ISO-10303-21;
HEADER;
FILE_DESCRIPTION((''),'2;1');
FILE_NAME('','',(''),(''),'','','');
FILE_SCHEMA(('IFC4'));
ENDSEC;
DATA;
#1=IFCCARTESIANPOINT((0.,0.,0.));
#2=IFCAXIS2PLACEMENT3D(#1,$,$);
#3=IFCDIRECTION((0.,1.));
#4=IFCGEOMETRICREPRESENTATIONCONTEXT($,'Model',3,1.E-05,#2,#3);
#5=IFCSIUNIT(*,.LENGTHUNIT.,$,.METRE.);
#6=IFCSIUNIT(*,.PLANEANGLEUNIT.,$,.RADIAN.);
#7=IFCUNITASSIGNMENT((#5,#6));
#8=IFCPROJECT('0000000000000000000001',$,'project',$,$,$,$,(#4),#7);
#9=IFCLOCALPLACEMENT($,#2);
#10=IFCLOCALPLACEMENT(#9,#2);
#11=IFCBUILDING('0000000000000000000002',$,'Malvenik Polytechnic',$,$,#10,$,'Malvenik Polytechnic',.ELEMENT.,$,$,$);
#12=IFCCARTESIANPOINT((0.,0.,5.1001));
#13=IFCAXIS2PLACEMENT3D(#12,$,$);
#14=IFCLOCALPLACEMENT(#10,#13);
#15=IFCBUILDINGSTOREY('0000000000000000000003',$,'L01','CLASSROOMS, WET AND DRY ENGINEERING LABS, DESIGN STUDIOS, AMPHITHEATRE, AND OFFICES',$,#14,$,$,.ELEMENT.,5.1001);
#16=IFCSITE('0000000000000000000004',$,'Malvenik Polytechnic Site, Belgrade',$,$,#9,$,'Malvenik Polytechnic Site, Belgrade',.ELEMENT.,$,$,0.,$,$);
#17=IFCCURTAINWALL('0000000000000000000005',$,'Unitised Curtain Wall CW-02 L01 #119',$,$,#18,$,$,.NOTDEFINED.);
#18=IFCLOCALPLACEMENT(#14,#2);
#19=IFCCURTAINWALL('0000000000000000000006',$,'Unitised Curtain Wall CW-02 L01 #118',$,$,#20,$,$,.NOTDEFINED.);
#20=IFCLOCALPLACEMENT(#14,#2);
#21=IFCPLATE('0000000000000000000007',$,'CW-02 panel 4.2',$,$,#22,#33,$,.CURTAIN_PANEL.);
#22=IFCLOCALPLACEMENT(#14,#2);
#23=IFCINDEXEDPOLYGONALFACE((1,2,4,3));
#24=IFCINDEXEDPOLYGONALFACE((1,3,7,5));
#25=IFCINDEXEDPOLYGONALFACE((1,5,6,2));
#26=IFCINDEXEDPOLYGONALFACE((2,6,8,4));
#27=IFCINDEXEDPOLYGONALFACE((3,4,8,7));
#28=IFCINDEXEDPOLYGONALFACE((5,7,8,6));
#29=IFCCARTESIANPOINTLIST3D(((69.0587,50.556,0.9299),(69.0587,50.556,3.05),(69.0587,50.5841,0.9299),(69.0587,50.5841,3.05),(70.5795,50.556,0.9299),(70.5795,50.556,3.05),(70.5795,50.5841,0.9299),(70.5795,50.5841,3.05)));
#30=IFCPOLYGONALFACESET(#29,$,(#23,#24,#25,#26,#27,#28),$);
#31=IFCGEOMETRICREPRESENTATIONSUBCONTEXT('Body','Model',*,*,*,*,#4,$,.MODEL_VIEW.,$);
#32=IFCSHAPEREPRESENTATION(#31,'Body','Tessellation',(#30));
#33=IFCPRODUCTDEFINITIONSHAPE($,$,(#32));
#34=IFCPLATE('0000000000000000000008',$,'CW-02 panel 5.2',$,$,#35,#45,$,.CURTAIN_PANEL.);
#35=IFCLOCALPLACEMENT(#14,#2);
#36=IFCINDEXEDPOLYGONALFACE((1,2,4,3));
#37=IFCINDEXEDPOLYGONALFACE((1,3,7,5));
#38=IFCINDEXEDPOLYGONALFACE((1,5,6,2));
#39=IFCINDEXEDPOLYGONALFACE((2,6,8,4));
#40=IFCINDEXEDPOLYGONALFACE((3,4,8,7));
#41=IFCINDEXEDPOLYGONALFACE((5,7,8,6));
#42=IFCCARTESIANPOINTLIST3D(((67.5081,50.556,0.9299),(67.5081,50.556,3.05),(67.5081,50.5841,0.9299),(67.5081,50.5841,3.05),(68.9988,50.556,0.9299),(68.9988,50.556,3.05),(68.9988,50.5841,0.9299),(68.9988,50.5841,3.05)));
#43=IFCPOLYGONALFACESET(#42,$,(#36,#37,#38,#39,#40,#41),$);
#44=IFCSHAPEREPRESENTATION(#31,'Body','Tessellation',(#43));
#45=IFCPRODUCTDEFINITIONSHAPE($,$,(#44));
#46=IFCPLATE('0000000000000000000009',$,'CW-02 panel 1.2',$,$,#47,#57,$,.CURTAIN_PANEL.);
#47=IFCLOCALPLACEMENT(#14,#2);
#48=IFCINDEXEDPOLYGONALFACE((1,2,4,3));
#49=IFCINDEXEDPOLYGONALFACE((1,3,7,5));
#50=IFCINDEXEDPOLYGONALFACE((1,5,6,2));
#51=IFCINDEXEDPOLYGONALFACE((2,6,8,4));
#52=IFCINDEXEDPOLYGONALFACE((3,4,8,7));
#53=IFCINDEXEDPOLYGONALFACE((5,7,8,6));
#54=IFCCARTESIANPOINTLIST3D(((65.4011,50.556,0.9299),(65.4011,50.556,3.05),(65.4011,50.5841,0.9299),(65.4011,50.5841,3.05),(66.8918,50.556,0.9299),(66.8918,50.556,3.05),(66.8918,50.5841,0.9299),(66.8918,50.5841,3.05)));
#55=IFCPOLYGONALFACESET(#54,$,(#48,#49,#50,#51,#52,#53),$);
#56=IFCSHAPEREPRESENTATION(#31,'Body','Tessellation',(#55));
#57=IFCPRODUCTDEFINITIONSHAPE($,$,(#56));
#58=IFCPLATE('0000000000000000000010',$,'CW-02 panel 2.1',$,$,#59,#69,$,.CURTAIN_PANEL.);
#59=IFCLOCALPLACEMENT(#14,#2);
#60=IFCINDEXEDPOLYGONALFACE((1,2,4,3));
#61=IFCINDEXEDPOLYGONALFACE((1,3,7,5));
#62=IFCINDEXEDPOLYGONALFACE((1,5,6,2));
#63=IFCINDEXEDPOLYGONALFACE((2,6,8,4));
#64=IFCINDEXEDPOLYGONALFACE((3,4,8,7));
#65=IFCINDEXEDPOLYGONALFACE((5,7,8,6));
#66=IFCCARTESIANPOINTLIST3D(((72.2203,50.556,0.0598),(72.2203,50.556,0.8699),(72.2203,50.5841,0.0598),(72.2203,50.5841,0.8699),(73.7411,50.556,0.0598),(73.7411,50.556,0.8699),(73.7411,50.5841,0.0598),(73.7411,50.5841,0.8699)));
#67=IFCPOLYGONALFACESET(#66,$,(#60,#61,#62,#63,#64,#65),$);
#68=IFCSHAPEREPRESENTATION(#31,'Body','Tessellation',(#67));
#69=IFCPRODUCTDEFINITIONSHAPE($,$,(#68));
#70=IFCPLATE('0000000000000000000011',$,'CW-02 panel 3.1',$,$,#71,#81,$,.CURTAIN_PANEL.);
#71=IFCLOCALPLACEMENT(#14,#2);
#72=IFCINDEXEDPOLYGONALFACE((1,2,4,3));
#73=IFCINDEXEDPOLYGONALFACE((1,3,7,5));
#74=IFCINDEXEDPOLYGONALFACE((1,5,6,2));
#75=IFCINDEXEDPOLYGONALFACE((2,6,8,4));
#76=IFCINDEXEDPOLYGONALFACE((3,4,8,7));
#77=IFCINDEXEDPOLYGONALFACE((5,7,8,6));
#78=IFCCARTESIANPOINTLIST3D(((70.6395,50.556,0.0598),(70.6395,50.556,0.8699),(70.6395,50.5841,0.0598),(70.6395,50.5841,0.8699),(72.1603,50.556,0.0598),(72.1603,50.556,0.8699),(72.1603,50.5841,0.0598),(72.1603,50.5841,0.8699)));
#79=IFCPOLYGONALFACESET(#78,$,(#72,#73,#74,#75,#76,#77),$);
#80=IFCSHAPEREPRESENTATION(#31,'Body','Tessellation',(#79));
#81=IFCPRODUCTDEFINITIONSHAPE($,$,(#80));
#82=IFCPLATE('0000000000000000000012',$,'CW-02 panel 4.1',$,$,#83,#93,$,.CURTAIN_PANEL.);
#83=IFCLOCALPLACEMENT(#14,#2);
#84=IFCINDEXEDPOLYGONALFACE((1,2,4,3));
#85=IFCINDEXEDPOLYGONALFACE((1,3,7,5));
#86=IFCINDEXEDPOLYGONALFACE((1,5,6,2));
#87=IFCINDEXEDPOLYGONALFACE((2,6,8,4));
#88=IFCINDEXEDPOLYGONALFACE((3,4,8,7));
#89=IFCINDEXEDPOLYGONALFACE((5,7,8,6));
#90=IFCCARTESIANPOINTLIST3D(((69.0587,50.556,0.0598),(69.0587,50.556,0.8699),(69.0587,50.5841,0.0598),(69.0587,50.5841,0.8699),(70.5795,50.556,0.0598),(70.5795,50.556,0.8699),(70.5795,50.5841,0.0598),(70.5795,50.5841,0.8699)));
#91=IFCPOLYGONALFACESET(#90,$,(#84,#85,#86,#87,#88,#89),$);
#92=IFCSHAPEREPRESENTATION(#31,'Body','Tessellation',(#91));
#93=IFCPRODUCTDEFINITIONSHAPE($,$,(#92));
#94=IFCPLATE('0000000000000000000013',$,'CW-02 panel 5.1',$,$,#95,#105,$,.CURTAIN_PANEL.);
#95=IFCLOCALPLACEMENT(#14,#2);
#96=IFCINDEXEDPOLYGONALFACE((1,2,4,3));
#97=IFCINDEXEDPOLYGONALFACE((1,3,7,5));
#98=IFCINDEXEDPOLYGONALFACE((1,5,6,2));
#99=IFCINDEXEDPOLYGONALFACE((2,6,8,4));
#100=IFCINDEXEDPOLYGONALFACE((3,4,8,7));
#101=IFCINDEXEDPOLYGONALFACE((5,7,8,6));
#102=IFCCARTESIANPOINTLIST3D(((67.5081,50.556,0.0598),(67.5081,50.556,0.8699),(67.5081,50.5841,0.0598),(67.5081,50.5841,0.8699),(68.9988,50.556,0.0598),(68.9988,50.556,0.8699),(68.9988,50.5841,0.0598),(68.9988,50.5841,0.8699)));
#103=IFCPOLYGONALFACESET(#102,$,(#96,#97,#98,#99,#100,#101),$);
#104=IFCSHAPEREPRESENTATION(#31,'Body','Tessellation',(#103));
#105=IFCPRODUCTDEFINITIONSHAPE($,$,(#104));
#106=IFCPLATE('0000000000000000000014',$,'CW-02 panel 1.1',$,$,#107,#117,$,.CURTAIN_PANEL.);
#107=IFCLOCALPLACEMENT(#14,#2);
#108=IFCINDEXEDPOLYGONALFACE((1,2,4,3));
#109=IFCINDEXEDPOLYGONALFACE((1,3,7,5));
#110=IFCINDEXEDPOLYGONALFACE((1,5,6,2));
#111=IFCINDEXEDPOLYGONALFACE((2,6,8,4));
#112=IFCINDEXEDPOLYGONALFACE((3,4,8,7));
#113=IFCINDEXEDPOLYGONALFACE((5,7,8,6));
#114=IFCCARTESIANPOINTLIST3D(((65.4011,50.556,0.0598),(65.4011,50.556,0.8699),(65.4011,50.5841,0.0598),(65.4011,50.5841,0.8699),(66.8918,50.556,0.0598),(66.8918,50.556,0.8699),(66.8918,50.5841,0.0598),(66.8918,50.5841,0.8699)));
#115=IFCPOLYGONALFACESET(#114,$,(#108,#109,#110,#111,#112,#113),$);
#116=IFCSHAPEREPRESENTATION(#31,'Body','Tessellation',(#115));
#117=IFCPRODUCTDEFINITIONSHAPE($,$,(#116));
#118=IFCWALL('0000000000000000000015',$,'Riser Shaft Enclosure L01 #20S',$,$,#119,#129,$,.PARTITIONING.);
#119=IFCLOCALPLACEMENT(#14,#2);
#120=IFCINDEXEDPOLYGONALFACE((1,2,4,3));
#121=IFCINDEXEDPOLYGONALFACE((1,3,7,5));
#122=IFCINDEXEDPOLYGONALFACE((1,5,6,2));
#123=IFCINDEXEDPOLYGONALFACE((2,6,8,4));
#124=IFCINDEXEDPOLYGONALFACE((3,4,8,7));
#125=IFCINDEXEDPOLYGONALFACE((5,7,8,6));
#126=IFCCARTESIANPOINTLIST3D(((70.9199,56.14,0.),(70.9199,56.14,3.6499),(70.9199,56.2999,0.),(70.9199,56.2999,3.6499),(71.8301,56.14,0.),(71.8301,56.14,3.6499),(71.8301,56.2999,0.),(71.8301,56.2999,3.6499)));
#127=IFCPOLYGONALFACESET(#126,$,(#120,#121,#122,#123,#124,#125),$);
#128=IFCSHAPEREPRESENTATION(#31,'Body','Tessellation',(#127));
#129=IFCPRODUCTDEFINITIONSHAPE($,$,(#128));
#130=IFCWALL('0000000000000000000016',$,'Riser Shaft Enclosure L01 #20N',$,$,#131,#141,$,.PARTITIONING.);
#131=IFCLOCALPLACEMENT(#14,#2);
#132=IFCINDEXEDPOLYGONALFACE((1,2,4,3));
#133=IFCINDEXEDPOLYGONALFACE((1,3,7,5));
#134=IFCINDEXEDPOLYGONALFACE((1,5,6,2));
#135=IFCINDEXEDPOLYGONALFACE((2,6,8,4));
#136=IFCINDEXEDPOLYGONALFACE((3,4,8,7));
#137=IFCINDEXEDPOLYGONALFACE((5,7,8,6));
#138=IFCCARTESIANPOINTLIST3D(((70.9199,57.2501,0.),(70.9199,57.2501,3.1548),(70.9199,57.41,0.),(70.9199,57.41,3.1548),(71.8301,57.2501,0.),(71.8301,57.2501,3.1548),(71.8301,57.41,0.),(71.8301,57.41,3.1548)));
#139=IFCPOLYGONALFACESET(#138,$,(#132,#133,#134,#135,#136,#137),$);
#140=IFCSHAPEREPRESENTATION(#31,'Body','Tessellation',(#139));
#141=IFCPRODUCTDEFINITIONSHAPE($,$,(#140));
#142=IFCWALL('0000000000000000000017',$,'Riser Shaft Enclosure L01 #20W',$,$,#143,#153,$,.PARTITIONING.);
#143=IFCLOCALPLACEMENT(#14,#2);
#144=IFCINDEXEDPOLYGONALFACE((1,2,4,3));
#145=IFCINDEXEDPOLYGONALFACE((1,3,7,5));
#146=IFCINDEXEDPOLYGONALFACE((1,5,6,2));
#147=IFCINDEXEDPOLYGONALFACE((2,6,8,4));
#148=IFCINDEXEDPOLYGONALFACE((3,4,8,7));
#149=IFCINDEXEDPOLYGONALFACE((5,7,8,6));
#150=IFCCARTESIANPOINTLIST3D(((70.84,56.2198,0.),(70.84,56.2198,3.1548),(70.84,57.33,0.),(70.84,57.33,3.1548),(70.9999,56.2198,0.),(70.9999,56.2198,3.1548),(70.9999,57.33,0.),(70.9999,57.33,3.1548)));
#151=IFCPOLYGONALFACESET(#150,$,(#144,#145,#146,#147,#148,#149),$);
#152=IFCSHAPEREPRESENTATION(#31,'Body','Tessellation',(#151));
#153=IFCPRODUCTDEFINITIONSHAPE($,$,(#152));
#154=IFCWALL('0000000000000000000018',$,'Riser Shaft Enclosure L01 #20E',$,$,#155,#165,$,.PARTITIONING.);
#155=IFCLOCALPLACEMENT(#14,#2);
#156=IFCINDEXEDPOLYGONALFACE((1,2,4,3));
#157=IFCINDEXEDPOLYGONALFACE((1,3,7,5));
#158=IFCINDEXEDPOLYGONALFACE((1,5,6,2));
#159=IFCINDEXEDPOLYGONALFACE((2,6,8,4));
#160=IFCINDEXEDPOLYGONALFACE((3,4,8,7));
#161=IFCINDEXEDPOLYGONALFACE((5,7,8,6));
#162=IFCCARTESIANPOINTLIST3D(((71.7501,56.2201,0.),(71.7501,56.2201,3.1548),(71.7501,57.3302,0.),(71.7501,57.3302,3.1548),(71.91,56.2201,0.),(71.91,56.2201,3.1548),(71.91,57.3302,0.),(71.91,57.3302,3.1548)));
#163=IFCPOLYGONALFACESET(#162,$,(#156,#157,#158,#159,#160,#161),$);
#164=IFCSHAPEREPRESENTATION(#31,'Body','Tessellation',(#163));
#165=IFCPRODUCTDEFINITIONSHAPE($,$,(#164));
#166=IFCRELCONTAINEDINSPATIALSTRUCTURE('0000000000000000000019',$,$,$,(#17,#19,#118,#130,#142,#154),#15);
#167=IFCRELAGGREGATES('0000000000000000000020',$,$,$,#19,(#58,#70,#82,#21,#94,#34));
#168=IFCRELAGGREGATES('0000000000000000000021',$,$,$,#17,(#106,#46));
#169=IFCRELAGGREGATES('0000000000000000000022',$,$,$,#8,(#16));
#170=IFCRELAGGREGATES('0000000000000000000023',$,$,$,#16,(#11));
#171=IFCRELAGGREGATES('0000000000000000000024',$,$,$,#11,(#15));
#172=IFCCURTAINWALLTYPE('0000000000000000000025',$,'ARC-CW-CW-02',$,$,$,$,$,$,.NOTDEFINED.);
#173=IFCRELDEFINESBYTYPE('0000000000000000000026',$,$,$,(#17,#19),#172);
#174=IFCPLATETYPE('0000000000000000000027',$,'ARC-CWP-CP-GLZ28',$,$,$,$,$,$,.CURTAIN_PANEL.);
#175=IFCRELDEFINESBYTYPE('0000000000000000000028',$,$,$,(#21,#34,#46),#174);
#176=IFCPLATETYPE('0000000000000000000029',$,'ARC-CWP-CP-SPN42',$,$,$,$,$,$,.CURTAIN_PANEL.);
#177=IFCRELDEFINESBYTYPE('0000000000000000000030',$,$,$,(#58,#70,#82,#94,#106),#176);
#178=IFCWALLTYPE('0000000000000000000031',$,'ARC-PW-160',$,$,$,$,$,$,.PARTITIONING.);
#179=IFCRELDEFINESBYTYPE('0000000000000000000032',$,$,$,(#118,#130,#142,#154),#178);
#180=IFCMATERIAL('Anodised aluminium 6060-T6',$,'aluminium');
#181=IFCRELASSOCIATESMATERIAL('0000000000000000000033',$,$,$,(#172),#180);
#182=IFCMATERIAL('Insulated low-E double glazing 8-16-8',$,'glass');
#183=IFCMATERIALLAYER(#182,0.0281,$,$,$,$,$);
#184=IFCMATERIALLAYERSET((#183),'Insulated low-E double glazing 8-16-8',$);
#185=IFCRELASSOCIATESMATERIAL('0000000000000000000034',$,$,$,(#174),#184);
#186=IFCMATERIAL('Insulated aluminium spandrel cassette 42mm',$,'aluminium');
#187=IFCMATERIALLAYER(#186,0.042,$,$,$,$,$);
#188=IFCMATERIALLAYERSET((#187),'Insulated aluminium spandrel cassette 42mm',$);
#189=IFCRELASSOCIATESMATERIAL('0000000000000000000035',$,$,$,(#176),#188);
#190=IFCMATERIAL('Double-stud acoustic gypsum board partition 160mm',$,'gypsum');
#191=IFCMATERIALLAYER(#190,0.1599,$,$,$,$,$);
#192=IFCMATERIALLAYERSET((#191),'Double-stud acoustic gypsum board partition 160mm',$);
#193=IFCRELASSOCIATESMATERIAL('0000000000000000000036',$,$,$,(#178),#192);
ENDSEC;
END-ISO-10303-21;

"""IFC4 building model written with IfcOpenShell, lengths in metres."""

from ifc_helpers import new_model, si_unit, direction, frame, frame_2d, origin, origin_2d, place, context, subcontext, project, spatial, rectangle, extrude, material, layer, layer_set, type_object, element, aggregate, save


model = new_model("IFC4")

# Units and contexts
model_context = context("Model", 3, precision=1e-05, world=origin(), true_north=direction((0.0, 1.0)))
body_context = subcontext(model_context, "Body", "Model", "MODEL_VIEW")
ifc_project = project(units=[si_unit("LENGTHUNIT", "METRE"), si_unit("PLANEANGLEUNIT", "RADIAN")], contexts=[model_context])

# Site, building, storey
site_placement = place(None, origin())
site = spatial("IfcSite", under=ifc_project, at=site_placement, Name="Malvenik Polytechnic Site, Belgrade", LongName="Malvenik Polytechnic Site, Belgrade", CompositionType="ELEMENT", RefElevation=0.0)
building_placement = place(site_placement, origin())
building = spatial("IfcBuilding", under=site, at=building_placement, Name="Malvenik Polytechnic", LongName="Malvenik Polytechnic", CompositionType="ELEMENT")
storey_placement = place(building_placement, frame((0.0, 0.0, 5.1001)))
storey = spatial("IfcBuildingStorey", under=building, at=storey_placement, Name="L01", Description="CLASSROOMS, WET AND DRY ENGINEERING LABS, DESIGN STUDIOS, AMPHITHEATRE, AND OFFICES", CompositionType="ELEMENT", Elevation=5.1001)

# Curtain walls
ifc_material_1 = material(Name="Anodised aluminium 6060-T6", Category="aluminium")
curtain_wall_type = type_object("IfcCurtainWallType", Name="ARC-CW-CW-02", PredefinedType="NOTDEFINED", material=ifc_material_1)
curtain_wall_1_placement = place(storey_placement, origin())
curtain_wall_1 = element("IfcCurtainWall", 1, at=curtain_wall_1_placement, inside=storey, type_object=curtain_wall_type, Name="Unitised Curtain Wall CW-02 L01 #119", PredefinedType="NOTDEFINED")
curtain_wall_2_placement = place(storey_placement, origin())
curtain_wall_2 = element("IfcCurtainWall", 2, at=curtain_wall_2_placement, inside=storey, type_object=curtain_wall_type, Name="Unitised Curtain Wall CW-02 L01 #118", PredefinedType="NOTDEFINED")

# Plates
ifc_material_2 = material(Name="Insulated low-E double glazing 8-16-8", Category="glass")
ifc_layer_1 = layer(ifc_material_2, 0.0281)
ifc_layer_set_1 = layer_set([ifc_layer_1], Name="Insulated low-E double glazing 8-16-8")
plate_type_1 = type_object("IfcPlateType", Name="ARC-CWP-CP-GLZ28", PredefinedType="CURTAIN_PANEL", material=ifc_layer_set_1)
plate_1_placement = place(storey_placement, frame((69.8191, 50.5701, 0.9299), z_axis=(0.0, 0.0, 1.0), x_axis=(-1.0, 0.0, 0.0)))
plate_1 = element("IfcPlate", 3, at=plate_1_placement, type_object=plate_type_1, Name="CW-02 panel 4.2", PredefinedType="CURTAIN_PANEL", context=body_context, shape_type="SweptSolid", body=[
    extrude(rectangle(XDim=1.5208, YDim=0.0281, at=origin_2d()), origin(), (0.0, 0.0, 1.0), 2.1201),
])
plate_2_placement = place(storey_placement, frame((68.2534, 50.5701, 0.9299), z_axis=(0.0, 0.0, 1.0), x_axis=(-1.0, 0.0, 0.0)))
plate_2 = element("IfcPlate", 4, at=plate_2_placement, type_object=plate_type_1, Name="CW-02 panel 5.2", PredefinedType="CURTAIN_PANEL", context=body_context, shape_type="SweptSolid", body=[
    extrude(rectangle(XDim=1.4907, YDim=0.0281, at=origin_2d()), origin(), (0.0, 0.0, 1.0), 2.1201),
])
plate_3_placement = place(storey_placement, frame((66.1465, 50.5701, 0.9299), z_axis=(0.0, 0.0, 1.0), x_axis=(-1.0, 0.0, 0.0)))
plate_3 = element("IfcPlate", 5, at=plate_3_placement, type_object=plate_type_1, Name="CW-02 panel 1.2", PredefinedType="CURTAIN_PANEL", context=body_context, shape_type="SweptSolid", body=[
    extrude(rectangle(XDim=1.4907, YDim=0.0281, at=origin_2d()), origin(), (0.0, 0.0, 1.0), 2.1201),
])
ifc_material_3 = material(Name="Insulated aluminium spandrel cassette 42mm", Category="aluminium")
ifc_layer_2 = layer(ifc_material_3, 0.042)
ifc_layer_set_2 = layer_set([ifc_layer_2], Name="Insulated aluminium spandrel cassette 42mm")
plate_type_2 = type_object("IfcPlateType", Name="ARC-CWP-CP-SPN42", PredefinedType="CURTAIN_PANEL", material=ifc_layer_set_2)
plate_4_placement = place(storey_placement, frame((72.9807, 50.5701, 0.0598), z_axis=(0.0, 0.0, 1.0), x_axis=(-1.0, 0.0, 0.0)))
plate_4 = element("IfcPlate", 6, at=plate_4_placement, type_object=plate_type_2, Name="CW-02 panel 2.1", PredefinedType="CURTAIN_PANEL", context=body_context, shape_type="SweptSolid", body=[
    extrude(rectangle(XDim=1.5208, YDim=0.0281, at=origin_2d()), origin(), (0.0, 0.0, 1.0), 0.8101),
])
plate_5_placement = place(storey_placement, frame((71.3999, 50.5701, 0.0598), z_axis=(0.0, 0.0, 1.0), x_axis=(-1.0, 0.0, 0.0)))
plate_5 = element("IfcPlate", 7, at=plate_5_placement, type_object=plate_type_2, Name="CW-02 panel 3.1", PredefinedType="CURTAIN_PANEL", context=body_context, shape_type="SweptSolid", body=[
    extrude(rectangle(XDim=1.5208, YDim=0.0281, at=origin_2d()), origin(), (0.0, 0.0, 1.0), 0.8101),
])
plate_6_placement = place(storey_placement, frame((69.8191, 50.5701, 0.0598), z_axis=(0.0, 0.0, 1.0), x_axis=(-1.0, 0.0, 0.0)))
plate_6 = element("IfcPlate", 8, at=plate_6_placement, type_object=plate_type_2, Name="CW-02 panel 4.1", PredefinedType="CURTAIN_PANEL", context=body_context, shape_type="SweptSolid", body=[
    extrude(rectangle(XDim=1.5208, YDim=0.0281, at=origin_2d()), origin(), (0.0, 0.0, 1.0), 0.8101),
])
plate_7_placement = place(storey_placement, frame((68.2534, 50.5701, 0.0598), z_axis=(0.0, 0.0, 1.0), x_axis=(-1.0, 0.0, 0.0)))
plate_7 = element("IfcPlate", 9, at=plate_7_placement, type_object=plate_type_2, Name="CW-02 panel 5.1", PredefinedType="CURTAIN_PANEL", context=body_context, shape_type="SweptSolid", body=[
    extrude(rectangle(XDim=1.4907, YDim=0.0281, at=origin_2d()), origin(), (0.0, 0.0, 1.0), 0.8101),
])
aggregate(curtain_wall_2, [plate_4, plate_5, plate_6, plate_1, plate_7, plate_2])
plate_8_placement = place(storey_placement, frame((66.1465, 50.5701, 0.0598), z_axis=(0.0, 0.0, 1.0), x_axis=(-1.0, 0.0, 0.0)))
plate_8 = element("IfcPlate", 10, at=plate_8_placement, type_object=plate_type_2, Name="CW-02 panel 1.1", PredefinedType="CURTAIN_PANEL", context=body_context, shape_type="SweptSolid", body=[
    extrude(rectangle(XDim=1.4907, YDim=0.0281, at=origin_2d()), origin(), (0.0, 0.0, 1.0), 0.8101),
])
aggregate(curtain_wall_1, [plate_8, plate_3])

# Walls
ifc_material_4 = material(Name="Double-stud acoustic gypsum board partition 160mm", Category="gypsum")
ifc_layer_3 = layer(ifc_material_4, 0.1599)
ifc_layer_set_3 = layer_set([ifc_layer_3], Name="Double-stud acoustic gypsum board partition 160mm")
wall_type = type_object("IfcWallType", Name="ARC-PW-160", PredefinedType="PARTITIONING", material=ifc_layer_set_3)
wall_1_placement = place(storey_placement, frame((70.9199, 56.22, 0.0), z_axis=(0.0, 0.0, 1.0), x_axis=(1.0, 0.0, 0.0)))
element("IfcWall", 11, at=wall_1_placement, inside=storey, type_object=wall_type, Name="Riser Shaft Enclosure L01 #20S", PredefinedType="PARTITIONING", context=body_context, shape_type="SweptSolid", body=[
    extrude(rectangle(XDim=0.9102, YDim=0.1599, at=frame_2d((0.4551, 0.0))), origin(), (0.0, 0.0, 1.0), 3.6499),
])
wall_2_placement = place(storey_placement, frame((71.8301, 57.3301, 0.0), z_axis=(0.0, 0.0, 1.0), x_axis=(-1.0, 0.0, 0.0)))
element("IfcWall", 12, at=wall_2_placement, inside=storey, type_object=wall_type, Name="Riser Shaft Enclosure L01 #20N", PredefinedType="PARTITIONING", context=body_context, shape_type="SweptSolid", body=[
    extrude(rectangle(XDim=0.9102, YDim=0.1599, at=frame_2d((0.4551, 0.0))), origin(), (0.0, 0.0, 1.0), 3.1548),
])
for number, where, z_axis, x_axis, name in (
    (13, (70.9199, 57.3301, 0.0), (0.0, 0.0, 1.0), (0.0, -1.0, 0.0), "Riser Shaft Enclosure L01 #20W"),
    (14, (71.8301, 56.22, 0.0), (0.0, 0.0, 1.0), (0.0, 1.0, 0.0), "Riser Shaft Enclosure L01 #20E"),
):
    element("IfcWall", number, at=place(storey_placement, frame(where, z_axis=z_axis, x_axis=x_axis)), inside=storey, type_object=wall_type, Name=name, PredefinedType="PARTITIONING", context=body_context, shape_type="SweptSolid", body=[
        extrude(rectangle(XDim=1.1101, YDim=0.1599, at=frame_2d((0.5552, 0.0))), origin(), (0.0, 0.0, 1.0), 3.1548),
    ])

save(model, "model.ifc")
